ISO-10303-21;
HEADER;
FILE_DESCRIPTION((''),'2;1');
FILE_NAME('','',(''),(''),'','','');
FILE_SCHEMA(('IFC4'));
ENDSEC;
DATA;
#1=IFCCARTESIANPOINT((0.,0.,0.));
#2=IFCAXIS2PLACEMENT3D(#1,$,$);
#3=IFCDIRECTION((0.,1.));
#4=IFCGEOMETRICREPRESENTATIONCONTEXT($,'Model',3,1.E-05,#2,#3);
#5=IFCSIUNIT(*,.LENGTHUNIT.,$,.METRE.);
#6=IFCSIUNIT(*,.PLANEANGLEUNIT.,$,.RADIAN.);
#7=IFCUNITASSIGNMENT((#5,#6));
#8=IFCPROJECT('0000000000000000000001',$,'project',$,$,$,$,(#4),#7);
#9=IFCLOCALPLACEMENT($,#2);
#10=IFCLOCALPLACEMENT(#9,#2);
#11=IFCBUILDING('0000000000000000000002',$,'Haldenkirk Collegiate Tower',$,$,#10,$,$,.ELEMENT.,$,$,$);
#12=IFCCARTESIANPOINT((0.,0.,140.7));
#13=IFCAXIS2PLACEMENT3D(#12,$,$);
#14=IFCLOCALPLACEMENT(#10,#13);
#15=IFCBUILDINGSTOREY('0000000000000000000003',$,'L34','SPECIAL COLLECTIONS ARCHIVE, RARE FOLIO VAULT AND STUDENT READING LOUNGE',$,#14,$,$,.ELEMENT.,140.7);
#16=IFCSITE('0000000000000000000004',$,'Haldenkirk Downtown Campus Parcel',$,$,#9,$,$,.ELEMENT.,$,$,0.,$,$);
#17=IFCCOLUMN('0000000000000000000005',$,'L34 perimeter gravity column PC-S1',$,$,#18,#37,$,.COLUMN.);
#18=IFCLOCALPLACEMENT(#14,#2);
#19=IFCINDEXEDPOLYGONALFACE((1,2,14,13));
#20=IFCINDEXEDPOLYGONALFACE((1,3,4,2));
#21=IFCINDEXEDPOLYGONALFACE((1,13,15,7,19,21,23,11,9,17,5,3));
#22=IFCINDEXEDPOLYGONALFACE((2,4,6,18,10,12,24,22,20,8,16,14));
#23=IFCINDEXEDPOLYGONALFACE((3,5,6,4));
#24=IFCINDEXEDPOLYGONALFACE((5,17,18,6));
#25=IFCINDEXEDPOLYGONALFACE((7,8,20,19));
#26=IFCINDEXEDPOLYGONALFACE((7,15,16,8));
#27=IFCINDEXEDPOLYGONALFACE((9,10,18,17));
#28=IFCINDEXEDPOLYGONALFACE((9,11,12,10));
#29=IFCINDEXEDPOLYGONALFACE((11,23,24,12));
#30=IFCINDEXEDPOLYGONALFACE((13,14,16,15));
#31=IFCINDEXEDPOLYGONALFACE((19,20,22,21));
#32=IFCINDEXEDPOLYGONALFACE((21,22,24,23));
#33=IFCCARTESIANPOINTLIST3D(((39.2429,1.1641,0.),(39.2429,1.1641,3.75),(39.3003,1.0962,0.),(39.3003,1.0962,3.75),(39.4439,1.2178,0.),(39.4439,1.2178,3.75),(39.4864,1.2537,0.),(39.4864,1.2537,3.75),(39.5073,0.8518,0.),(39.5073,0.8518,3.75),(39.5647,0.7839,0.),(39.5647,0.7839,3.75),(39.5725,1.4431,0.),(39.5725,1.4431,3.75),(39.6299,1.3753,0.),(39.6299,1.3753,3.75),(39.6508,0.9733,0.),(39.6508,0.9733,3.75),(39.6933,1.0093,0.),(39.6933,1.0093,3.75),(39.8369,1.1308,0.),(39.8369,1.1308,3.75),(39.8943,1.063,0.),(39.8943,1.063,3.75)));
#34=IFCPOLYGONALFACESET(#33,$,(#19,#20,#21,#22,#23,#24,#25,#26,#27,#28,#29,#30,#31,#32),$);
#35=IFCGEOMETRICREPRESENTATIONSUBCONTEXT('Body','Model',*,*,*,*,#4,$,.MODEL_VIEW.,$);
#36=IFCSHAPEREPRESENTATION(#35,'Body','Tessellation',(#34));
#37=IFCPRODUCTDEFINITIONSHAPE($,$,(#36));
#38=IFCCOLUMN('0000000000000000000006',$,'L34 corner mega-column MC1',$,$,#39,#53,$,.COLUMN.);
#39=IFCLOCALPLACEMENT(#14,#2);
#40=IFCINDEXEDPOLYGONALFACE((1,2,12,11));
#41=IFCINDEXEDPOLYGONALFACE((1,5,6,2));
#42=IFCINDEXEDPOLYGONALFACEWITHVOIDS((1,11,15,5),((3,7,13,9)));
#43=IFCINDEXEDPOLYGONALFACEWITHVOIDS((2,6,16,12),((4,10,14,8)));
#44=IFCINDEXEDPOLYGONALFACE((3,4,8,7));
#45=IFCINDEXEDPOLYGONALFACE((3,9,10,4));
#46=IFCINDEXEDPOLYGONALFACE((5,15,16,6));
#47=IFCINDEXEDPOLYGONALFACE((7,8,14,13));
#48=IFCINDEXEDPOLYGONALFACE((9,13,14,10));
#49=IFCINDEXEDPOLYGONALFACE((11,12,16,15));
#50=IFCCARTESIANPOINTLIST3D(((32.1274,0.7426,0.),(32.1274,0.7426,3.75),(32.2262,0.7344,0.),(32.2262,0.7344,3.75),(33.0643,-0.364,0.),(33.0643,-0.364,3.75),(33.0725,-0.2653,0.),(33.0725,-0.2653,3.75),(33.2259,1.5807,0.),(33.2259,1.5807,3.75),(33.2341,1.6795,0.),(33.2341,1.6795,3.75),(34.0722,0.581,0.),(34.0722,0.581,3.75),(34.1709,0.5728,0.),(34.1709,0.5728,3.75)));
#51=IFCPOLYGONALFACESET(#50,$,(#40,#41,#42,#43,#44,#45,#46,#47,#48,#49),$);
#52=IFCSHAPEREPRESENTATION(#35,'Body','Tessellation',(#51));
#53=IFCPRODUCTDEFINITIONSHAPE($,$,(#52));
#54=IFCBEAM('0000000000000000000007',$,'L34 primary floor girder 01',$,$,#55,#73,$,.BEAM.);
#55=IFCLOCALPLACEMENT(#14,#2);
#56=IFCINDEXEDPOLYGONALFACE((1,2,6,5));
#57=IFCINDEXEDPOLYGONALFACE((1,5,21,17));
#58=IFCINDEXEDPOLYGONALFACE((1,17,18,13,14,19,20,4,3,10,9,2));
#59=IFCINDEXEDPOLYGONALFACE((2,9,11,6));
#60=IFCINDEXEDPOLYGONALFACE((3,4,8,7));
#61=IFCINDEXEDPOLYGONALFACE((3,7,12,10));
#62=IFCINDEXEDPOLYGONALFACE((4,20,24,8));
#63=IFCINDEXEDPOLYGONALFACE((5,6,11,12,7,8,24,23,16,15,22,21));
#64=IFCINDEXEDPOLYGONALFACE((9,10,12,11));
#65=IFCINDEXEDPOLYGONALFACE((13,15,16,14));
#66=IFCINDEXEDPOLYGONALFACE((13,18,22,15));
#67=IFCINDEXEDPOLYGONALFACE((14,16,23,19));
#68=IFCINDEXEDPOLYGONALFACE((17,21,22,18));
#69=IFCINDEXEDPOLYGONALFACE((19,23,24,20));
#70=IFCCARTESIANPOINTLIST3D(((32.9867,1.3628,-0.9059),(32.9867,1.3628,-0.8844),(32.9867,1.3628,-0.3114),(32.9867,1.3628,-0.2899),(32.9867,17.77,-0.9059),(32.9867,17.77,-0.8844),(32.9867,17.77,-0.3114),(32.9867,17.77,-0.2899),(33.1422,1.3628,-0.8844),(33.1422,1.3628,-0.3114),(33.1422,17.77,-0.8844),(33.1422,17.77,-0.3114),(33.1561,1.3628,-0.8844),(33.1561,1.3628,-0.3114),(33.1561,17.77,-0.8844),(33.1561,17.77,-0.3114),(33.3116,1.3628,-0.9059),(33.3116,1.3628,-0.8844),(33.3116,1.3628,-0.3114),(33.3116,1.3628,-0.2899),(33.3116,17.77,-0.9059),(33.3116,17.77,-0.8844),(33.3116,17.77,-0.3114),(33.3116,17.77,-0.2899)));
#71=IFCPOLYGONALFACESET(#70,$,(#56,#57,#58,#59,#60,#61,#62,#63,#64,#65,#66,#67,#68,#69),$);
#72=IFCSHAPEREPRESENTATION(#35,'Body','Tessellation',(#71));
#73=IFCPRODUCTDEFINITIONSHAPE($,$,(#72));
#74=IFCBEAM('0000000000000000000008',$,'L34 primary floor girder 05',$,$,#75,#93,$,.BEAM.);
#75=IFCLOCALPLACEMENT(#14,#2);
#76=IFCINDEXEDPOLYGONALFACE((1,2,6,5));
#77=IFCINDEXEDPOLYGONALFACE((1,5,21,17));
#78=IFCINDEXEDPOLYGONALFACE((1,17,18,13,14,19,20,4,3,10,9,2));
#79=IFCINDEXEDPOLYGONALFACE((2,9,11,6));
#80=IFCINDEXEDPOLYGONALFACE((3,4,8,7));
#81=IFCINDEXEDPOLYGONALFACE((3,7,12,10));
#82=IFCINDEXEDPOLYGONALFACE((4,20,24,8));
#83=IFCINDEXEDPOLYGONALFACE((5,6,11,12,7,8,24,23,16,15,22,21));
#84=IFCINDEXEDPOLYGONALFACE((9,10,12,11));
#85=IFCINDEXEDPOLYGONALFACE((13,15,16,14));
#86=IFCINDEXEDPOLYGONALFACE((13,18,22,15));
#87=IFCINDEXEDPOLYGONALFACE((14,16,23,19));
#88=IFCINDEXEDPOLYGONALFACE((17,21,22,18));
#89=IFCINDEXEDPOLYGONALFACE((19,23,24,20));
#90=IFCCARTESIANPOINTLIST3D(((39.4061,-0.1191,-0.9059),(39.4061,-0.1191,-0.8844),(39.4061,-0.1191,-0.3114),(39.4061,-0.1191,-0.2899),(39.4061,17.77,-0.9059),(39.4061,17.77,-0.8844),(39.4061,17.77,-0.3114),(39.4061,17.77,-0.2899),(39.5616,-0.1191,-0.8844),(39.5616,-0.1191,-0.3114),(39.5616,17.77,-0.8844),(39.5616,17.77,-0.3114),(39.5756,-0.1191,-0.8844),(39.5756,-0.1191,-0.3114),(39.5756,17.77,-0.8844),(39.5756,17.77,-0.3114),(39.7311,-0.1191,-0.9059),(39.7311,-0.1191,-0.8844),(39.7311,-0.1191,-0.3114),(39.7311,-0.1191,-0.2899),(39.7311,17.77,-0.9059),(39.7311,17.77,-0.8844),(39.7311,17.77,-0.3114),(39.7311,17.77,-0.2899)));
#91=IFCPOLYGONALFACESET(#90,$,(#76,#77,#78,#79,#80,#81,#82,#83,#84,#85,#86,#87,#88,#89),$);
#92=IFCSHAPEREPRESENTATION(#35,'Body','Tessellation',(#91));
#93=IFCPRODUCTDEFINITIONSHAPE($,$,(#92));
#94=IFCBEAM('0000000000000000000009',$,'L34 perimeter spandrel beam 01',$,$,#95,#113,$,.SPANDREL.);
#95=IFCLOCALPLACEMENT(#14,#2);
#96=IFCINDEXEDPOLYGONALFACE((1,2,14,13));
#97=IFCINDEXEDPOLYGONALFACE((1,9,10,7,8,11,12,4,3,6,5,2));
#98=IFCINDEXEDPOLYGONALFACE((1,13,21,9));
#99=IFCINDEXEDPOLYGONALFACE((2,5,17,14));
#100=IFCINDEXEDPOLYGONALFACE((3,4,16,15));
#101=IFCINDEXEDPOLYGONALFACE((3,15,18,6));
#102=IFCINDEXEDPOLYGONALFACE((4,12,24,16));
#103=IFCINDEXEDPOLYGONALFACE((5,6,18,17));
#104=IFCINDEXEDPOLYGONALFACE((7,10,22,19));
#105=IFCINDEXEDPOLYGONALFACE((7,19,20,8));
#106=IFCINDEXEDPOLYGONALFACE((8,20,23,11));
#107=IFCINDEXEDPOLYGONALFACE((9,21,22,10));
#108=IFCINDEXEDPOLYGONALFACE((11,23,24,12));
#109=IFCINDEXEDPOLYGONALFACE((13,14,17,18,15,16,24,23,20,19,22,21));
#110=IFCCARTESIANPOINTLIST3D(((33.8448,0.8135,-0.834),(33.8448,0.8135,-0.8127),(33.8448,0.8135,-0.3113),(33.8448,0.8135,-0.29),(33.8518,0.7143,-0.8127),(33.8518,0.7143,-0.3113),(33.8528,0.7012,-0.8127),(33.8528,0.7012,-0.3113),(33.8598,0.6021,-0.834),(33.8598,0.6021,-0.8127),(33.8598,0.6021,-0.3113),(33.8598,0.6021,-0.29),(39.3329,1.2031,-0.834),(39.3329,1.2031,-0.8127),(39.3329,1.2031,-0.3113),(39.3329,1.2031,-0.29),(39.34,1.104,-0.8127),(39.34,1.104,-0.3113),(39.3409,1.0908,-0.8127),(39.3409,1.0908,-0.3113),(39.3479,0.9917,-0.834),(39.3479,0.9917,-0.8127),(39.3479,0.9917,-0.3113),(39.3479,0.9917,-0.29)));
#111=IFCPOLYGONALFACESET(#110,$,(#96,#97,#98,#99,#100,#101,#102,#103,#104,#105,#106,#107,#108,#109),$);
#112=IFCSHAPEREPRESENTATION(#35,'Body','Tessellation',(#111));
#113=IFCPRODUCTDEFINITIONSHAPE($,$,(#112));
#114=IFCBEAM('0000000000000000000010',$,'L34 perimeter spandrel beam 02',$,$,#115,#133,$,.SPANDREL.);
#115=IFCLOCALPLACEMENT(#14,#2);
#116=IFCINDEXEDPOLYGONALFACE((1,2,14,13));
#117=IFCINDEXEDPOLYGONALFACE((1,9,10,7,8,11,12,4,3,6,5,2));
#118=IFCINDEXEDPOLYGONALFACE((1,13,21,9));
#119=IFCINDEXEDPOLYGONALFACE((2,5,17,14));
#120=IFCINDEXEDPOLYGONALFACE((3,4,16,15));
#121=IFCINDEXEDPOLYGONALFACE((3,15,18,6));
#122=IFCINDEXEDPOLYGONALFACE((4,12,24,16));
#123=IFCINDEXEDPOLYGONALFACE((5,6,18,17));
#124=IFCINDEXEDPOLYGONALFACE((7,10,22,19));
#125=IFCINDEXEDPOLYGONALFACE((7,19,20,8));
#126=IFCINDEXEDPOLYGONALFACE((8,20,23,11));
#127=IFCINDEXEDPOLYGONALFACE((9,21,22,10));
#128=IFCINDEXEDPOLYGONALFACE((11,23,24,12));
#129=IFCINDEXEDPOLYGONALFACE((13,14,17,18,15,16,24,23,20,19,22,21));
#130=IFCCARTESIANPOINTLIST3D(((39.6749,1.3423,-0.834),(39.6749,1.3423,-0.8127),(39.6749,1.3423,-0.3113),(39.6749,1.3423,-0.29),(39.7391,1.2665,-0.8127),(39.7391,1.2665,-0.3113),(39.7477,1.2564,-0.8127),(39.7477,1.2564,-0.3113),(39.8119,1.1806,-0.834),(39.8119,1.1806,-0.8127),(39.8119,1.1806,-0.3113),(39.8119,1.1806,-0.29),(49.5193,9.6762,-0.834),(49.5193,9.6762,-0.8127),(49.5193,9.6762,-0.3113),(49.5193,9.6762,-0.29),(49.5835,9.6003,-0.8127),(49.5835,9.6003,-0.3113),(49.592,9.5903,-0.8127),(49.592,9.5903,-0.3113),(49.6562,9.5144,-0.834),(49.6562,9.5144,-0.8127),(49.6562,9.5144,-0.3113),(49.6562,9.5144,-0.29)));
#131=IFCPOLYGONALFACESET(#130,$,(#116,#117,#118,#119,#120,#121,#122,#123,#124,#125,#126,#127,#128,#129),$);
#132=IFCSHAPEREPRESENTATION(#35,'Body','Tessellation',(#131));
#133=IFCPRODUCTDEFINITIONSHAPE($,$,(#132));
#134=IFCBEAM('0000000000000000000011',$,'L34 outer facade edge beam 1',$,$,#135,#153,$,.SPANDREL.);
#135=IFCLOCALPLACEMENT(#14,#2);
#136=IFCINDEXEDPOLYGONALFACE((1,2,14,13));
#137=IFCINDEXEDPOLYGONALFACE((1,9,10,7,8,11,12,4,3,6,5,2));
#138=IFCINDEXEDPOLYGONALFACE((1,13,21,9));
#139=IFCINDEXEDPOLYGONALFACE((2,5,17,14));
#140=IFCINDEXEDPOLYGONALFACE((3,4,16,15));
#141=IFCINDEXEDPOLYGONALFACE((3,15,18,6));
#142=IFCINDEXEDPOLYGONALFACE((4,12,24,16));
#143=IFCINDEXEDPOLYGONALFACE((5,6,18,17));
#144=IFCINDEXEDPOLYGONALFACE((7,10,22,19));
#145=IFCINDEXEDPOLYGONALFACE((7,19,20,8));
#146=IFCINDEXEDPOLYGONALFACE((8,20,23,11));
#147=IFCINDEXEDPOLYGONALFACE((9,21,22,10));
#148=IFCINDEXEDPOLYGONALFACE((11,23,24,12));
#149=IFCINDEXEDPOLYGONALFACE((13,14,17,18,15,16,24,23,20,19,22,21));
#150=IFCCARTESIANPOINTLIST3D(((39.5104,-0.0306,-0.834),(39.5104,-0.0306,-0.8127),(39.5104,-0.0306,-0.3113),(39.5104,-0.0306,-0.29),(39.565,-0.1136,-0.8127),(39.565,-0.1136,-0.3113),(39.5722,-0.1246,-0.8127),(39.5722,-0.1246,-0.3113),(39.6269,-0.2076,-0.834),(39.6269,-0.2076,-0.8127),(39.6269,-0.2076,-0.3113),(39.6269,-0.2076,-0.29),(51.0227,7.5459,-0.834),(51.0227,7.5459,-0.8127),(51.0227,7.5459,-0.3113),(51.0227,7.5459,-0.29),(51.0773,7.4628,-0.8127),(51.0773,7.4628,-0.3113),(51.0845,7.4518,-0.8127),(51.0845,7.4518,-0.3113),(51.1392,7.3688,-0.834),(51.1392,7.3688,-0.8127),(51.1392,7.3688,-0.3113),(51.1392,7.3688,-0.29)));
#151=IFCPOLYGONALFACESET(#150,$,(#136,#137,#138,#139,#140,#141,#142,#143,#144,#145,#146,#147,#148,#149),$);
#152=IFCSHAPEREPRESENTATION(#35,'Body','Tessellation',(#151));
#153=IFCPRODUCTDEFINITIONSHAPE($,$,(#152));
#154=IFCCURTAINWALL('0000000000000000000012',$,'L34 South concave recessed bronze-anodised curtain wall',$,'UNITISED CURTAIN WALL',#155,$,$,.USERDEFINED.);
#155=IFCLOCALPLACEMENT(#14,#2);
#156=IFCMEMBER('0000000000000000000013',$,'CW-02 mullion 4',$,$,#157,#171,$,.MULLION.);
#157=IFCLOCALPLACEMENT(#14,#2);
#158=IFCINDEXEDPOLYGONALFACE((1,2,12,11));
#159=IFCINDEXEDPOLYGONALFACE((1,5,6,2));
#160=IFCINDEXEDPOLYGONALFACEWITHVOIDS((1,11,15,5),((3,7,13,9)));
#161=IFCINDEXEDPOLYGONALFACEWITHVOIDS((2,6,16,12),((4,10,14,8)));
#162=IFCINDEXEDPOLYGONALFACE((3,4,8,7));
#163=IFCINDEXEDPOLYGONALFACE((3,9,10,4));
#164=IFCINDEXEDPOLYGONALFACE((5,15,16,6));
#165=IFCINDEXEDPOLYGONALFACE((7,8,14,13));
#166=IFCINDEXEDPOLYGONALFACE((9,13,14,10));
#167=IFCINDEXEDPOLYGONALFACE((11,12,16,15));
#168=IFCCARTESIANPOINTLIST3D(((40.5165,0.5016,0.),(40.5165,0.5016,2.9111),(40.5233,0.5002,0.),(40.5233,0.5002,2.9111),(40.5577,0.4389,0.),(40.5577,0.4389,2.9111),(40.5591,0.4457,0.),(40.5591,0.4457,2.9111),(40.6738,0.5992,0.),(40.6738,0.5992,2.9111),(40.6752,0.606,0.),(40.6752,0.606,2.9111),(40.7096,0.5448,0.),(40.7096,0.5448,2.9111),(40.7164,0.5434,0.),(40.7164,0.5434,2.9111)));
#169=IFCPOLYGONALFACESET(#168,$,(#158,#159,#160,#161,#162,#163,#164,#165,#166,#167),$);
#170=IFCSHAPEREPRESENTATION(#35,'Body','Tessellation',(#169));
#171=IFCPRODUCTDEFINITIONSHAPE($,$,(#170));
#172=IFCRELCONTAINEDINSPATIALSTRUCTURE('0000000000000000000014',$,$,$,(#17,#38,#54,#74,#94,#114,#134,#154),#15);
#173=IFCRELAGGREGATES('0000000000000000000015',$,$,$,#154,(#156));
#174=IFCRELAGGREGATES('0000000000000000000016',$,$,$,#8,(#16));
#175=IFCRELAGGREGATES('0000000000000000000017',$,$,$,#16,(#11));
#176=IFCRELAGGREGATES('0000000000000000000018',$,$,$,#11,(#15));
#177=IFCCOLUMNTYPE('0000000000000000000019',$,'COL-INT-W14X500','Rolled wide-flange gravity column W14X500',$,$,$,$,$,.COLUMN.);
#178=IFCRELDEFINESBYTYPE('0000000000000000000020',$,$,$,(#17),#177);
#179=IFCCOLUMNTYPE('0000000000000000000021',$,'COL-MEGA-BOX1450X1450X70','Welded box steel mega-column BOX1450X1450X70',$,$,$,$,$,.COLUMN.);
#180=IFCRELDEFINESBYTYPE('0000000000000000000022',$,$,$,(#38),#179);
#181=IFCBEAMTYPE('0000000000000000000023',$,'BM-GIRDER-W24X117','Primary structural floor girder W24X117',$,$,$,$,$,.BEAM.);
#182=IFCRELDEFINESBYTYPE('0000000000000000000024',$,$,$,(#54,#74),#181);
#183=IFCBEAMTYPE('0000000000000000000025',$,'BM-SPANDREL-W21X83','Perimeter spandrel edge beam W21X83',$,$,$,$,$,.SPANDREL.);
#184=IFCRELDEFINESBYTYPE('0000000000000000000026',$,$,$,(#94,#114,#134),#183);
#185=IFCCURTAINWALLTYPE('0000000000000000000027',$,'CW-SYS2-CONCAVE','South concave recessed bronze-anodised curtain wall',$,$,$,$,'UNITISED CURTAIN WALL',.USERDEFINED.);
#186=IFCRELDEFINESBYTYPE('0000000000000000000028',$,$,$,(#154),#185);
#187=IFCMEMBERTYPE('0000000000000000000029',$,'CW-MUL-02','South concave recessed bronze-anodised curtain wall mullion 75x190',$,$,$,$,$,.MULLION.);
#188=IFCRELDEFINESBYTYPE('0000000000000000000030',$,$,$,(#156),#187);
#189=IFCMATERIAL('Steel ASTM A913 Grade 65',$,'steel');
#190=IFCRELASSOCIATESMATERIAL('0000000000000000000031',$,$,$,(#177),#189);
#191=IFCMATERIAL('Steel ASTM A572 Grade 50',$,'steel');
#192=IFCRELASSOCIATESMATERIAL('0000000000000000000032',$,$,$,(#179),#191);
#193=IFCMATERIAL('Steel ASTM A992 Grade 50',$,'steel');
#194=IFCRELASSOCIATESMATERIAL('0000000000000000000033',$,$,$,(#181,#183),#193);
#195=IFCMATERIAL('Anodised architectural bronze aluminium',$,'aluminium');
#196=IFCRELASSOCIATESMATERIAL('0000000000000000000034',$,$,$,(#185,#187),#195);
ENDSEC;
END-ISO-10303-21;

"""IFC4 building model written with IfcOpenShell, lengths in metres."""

from ifc_helpers import new_model, si_unit, direction, frame, origin, origin_2d, place, context, subcontext, project, spatial, hollow_rectangle, i_section, extrude, material, material_profile, profile_set, type_object, element, aggregate, save


model = new_model("IFC4")

# Units and contexts
model_context = context("Model", 3, precision=1e-05, world=origin(), true_north=direction((0.0, 1.0)))
body_context = subcontext(model_context, "Body", "Model", "MODEL_VIEW")
ifc_project = project(units=[si_unit("LENGTHUNIT", "METRE"), si_unit("PLANEANGLEUNIT", "RADIAN")], contexts=[model_context])

# Site, building, storey
site_placement = place(None, origin())
site = spatial("IfcSite", under=ifc_project, at=site_placement, Name="Haldenkirk Downtown Campus Parcel", CompositionType="ELEMENT", RefElevation=0.0)
building_placement = place(site_placement, origin())
building = spatial("IfcBuilding", under=site, at=building_placement, Name="Haldenkirk Collegiate Tower", CompositionType="ELEMENT")
storey_placement = place(building_placement, frame((0.0, 0.0, 140.7)))
storey = spatial("IfcBuildingStorey", under=building, at=storey_placement, Name="L34", Description="SPECIAL COLLECTIONS ARCHIVE, RARE FOLIO VAULT AND STUDENT READING LOUNGE", CompositionType="ELEMENT", Elevation=140.7)

# Columns
ifc_material_1 = material(Name="Steel ASTM A913 Grade 65", Category="steel")
ifc_material_profile_1 = material_profile(ifc_material_1, i_section(OverallWidth=0.4319, OverallDepth=0.498, WebThickness=0.0557, FlangeThickness=0.0889, at=origin_2d()), Name="W14X500")
ifc_profile_set_1 = profile_set([ifc_material_profile_1], Name="Steel ASTM A913 Grade 65")
column_type_1 = type_object("IfcColumnType", Name="COL-INT-W14X500", Description="Rolled wide-flange gravity column W14X500", PredefinedType="COLUMN", material=ifc_profile_set_1)
column_1_placement = place(storey_placement, frame((39.5686, 1.1135, 0.0), z_axis=(0.0, 0.0, 1.0), x_axis=(0.763232, 0.646124, 0.0)))
element("IfcColumn", 1, at=column_1_placement, inside=storey, type_object=column_type_1, Name="L34 perimeter gravity column PC-S1", PredefinedType="COLUMN", context=body_context, shape_type="SweptSolid", body=[
    extrude(i_section(OverallWidth=0.4319, OverallDepth=0.498, WebThickness=0.0557, FlangeThickness=0.0889, at=origin_2d()), origin(), (0.0, 0.0, 1.0), 3.75),
])
ifc_material_2 = material(Name="Steel ASTM A572 Grade 50", Category="steel")
ifc_material_profile_2 = material_profile(ifc_material_2, hollow_rectangle(XDim=1.45, YDim=1.45, WallThickness=0.0701, at=origin_2d()), Name="BOX1450X1450X70")
ifc_profile_set_2 = profile_set([ifc_material_profile_2], Name="Steel ASTM A572 Grade 50")
column_type_2 = type_object("IfcColumnType", Name="COL-MEGA-BOX1450X1450X70", Description="Welded box steel mega-column BOX1450X1450X70", PredefinedType="COLUMN", material=ifc_profile_set_2)
column_2_placement = place(storey_placement, frame((33.1492, 0.6577, 0.0), z_axis=(0.0, 0.0, 1.0), x_axis=(0.763232, 0.646124, 0.0)))
element("IfcColumn", 2, at=column_2_placement, inside=storey, type_object=column_type_2, Name="L34 corner mega-column MC1", PredefinedType="COLUMN", context=body_context, shape_type="SweptSolid", body=[
    extrude(hollow_rectangle(XDim=1.45, YDim=1.45, WallThickness=0.0701, at=origin_2d()), origin(), (0.0, 0.0, 1.0), 3.75),
])

# Beams
ifc_material_3 = material(Name="Steel ASTM A992 Grade 50", Category="steel")
ifc_material_profile_3 = material_profile(ifc_material_3, i_section(OverallWidth=0.325, OverallDepth=0.616, WebThickness=0.0139, FlangeThickness=0.0215, at=origin_2d()), Name="W24X117")
ifc_profile_set_3 = profile_set([ifc_material_profile_3], Name="Steel ASTM A992 Grade 50")
beam_type_1 = type_object("IfcBeamType", Name="BM-GIRDER-W24X117", Description="Primary structural floor girder W24X117", PredefinedType="BEAM", material=ifc_profile_set_3)
beam_1_placement = place(storey_placement, frame((33.1492, 1.3628, -0.5979), z_axis=(0.0, 1.0, 0.0), x_axis=(-1.0, 0.0, 0.0)))
element("IfcBeam", 3, at=beam_1_placement, inside=storey, type_object=beam_type_1, Name="L34 primary floor girder 01", PredefinedType="BEAM", context=body_context, shape_type="SweptSolid", body=[
    extrude(i_section(OverallWidth=0.325, OverallDepth=0.616, WebThickness=0.0139, FlangeThickness=0.0215, at=origin_2d()), origin(), (0.0, 0.0, 1.0), 16.4072),
])
beam_2_placement = place(storey_placement, frame((39.5686, -0.1191, -0.5979), z_axis=(0.0, 1.0, 0.0), x_axis=(-1.0, 0.0, 0.0)))
element("IfcBeam", 4, at=beam_2_placement, inside=storey, type_object=beam_type_1, Name="L34 primary floor girder 05", PredefinedType="BEAM", context=body_context, shape_type="SweptSolid", body=[
    extrude(i_section(OverallWidth=0.325, OverallDepth=0.616, WebThickness=0.0139, FlangeThickness=0.0215, at=origin_2d()), origin(), (0.0, 0.0, 1.0), 17.8892),
])
ifc_material_profile_4 = material_profile(ifc_material_3, i_section(OverallWidth=0.2119, OverallDepth=0.5439, WebThickness=0.0132, FlangeThickness=0.0212, at=origin_2d()), Name="W21X83")
ifc_profile_set_4 = profile_set([ifc_material_profile_4], Name="Steel ASTM A992 Grade 50")
beam_type_2 = type_object("IfcBeamType", Name="BM-SPANDREL-W21X83", Description="Perimeter spandrel edge beam W21X83", PredefinedType="SPANDREL", material=ifc_profile_set_4)
beam_3_placement = place(storey_placement, frame((33.8523, 0.7078, -0.562), z_axis=(0.997489, 0.070821, 0.0), x_axis=(-0.070821, 0.997489, 0.0)))
element("IfcBeam", 5, at=beam_3_placement, inside=storey, type_object=beam_type_2, Name="L34 perimeter spandrel beam 01", PredefinedType="SPANDREL", context=body_context, shape_type="SweptSolid", body=[
    extrude(i_section(OverallWidth=0.2119, OverallDepth=0.5439, WebThickness=0.0132, FlangeThickness=0.0212, at=origin_2d()), origin(), (0.0, 0.0, 1.0), 5.502),
])
beam_4_placement = place(storey_placement, frame((39.7434, 1.2615, -0.562), z_axis=(0.763233, 0.646123, 0.0), x_axis=(-0.646123, 0.763233, 0.0)))
element("IfcBeam", 6, at=beam_4_placement, inside=storey, type_object=beam_type_2, Name="L34 perimeter spandrel beam 02", PredefinedType="SPANDREL", context=body_context, shape_type="SweptSolid", body=[
    extrude(i_section(OverallWidth=0.2119, OverallDepth=0.5439, WebThickness=0.0132, FlangeThickness=0.0212, at=origin_2d()), origin(), (0.0, 0.0, 1.0), 12.8982),
])
beam_5_placement = place(storey_placement, frame((39.5686, -0.1191, -0.562), z_axis=(0.835331, 0.549748, 0.0), x_axis=(-0.549748, 0.835331, 0.0)))
element("IfcBeam", 7, at=beam_5_placement, inside=storey, type_object=beam_type_2, Name="L34 outer facade edge beam 1", PredefinedType="SPANDREL", context=body_context, shape_type="SweptSolid", body=[
    extrude(i_section(OverallWidth=0.2119, OverallDepth=0.5439, WebThickness=0.0132, FlangeThickness=0.0212, at=origin_2d()), origin(), (0.0, 0.0, 1.0), 13.7817),
])

# Curtain wall, member
ifc_material_4 = material(Name="Anodised architectural bronze aluminium", Category="aluminium")
curtain_wall_type = type_object("IfcCurtainWallType", Name="CW-SYS2-CONCAVE", Description="South concave recessed bronze-anodised curtain wall", ElementType="UNITISED CURTAIN WALL", PredefinedType="USERDEFINED", material=ifc_material_4)
curtain_wall_placement = place(storey_placement, origin())
curtain_wall = element("IfcCurtainWall", 8, at=curtain_wall_placement, inside=storey, type_object=curtain_wall_type, Name="L34 South concave recessed bronze-anodised curtain wall", ObjectType="UNITISED CURTAIN WALL", PredefinedType="USERDEFINED")
ifc_material_profile_5 = material_profile(ifc_material_4, hollow_rectangle(XDim=0.075, YDim=0.1899, WallThickness=0.0049, at=origin_2d()), Name="CW-MUL-02")
ifc_profile_set_5 = profile_set([ifc_material_profile_5], Name="Anodised architectural bronze aluminium")
member_type_1 = type_object("IfcMemberType", Name="CW-MUL-02", Description="South concave recessed bronze-anodised curtain wall mullion 75x190", PredefinedType="MULLION", material=ifc_profile_set_5)
member_1_placement = place(storey_placement, frame((40.6165, 0.5225, 0.0), z_axis=(0.0, 0.0, 1.0), x_axis=(0.549752, -0.835328, 0.0)))
member_1 = element("IfcMember", 9, at=member_1_placement, type_object=member_type_1, Name="CW-02 mullion 4", PredefinedType="MULLION", context=body_context, shape_type="SweptSolid", body=[
    extrude(hollow_rectangle(XDim=0.075, YDim=0.1899, WallThickness=0.0049, at=origin_2d()), origin(), (0.0, 0.0, 1.0), 2.9111),
])
aggregate(curtain_wall, [member_1])

save(model, "model.ifc")
